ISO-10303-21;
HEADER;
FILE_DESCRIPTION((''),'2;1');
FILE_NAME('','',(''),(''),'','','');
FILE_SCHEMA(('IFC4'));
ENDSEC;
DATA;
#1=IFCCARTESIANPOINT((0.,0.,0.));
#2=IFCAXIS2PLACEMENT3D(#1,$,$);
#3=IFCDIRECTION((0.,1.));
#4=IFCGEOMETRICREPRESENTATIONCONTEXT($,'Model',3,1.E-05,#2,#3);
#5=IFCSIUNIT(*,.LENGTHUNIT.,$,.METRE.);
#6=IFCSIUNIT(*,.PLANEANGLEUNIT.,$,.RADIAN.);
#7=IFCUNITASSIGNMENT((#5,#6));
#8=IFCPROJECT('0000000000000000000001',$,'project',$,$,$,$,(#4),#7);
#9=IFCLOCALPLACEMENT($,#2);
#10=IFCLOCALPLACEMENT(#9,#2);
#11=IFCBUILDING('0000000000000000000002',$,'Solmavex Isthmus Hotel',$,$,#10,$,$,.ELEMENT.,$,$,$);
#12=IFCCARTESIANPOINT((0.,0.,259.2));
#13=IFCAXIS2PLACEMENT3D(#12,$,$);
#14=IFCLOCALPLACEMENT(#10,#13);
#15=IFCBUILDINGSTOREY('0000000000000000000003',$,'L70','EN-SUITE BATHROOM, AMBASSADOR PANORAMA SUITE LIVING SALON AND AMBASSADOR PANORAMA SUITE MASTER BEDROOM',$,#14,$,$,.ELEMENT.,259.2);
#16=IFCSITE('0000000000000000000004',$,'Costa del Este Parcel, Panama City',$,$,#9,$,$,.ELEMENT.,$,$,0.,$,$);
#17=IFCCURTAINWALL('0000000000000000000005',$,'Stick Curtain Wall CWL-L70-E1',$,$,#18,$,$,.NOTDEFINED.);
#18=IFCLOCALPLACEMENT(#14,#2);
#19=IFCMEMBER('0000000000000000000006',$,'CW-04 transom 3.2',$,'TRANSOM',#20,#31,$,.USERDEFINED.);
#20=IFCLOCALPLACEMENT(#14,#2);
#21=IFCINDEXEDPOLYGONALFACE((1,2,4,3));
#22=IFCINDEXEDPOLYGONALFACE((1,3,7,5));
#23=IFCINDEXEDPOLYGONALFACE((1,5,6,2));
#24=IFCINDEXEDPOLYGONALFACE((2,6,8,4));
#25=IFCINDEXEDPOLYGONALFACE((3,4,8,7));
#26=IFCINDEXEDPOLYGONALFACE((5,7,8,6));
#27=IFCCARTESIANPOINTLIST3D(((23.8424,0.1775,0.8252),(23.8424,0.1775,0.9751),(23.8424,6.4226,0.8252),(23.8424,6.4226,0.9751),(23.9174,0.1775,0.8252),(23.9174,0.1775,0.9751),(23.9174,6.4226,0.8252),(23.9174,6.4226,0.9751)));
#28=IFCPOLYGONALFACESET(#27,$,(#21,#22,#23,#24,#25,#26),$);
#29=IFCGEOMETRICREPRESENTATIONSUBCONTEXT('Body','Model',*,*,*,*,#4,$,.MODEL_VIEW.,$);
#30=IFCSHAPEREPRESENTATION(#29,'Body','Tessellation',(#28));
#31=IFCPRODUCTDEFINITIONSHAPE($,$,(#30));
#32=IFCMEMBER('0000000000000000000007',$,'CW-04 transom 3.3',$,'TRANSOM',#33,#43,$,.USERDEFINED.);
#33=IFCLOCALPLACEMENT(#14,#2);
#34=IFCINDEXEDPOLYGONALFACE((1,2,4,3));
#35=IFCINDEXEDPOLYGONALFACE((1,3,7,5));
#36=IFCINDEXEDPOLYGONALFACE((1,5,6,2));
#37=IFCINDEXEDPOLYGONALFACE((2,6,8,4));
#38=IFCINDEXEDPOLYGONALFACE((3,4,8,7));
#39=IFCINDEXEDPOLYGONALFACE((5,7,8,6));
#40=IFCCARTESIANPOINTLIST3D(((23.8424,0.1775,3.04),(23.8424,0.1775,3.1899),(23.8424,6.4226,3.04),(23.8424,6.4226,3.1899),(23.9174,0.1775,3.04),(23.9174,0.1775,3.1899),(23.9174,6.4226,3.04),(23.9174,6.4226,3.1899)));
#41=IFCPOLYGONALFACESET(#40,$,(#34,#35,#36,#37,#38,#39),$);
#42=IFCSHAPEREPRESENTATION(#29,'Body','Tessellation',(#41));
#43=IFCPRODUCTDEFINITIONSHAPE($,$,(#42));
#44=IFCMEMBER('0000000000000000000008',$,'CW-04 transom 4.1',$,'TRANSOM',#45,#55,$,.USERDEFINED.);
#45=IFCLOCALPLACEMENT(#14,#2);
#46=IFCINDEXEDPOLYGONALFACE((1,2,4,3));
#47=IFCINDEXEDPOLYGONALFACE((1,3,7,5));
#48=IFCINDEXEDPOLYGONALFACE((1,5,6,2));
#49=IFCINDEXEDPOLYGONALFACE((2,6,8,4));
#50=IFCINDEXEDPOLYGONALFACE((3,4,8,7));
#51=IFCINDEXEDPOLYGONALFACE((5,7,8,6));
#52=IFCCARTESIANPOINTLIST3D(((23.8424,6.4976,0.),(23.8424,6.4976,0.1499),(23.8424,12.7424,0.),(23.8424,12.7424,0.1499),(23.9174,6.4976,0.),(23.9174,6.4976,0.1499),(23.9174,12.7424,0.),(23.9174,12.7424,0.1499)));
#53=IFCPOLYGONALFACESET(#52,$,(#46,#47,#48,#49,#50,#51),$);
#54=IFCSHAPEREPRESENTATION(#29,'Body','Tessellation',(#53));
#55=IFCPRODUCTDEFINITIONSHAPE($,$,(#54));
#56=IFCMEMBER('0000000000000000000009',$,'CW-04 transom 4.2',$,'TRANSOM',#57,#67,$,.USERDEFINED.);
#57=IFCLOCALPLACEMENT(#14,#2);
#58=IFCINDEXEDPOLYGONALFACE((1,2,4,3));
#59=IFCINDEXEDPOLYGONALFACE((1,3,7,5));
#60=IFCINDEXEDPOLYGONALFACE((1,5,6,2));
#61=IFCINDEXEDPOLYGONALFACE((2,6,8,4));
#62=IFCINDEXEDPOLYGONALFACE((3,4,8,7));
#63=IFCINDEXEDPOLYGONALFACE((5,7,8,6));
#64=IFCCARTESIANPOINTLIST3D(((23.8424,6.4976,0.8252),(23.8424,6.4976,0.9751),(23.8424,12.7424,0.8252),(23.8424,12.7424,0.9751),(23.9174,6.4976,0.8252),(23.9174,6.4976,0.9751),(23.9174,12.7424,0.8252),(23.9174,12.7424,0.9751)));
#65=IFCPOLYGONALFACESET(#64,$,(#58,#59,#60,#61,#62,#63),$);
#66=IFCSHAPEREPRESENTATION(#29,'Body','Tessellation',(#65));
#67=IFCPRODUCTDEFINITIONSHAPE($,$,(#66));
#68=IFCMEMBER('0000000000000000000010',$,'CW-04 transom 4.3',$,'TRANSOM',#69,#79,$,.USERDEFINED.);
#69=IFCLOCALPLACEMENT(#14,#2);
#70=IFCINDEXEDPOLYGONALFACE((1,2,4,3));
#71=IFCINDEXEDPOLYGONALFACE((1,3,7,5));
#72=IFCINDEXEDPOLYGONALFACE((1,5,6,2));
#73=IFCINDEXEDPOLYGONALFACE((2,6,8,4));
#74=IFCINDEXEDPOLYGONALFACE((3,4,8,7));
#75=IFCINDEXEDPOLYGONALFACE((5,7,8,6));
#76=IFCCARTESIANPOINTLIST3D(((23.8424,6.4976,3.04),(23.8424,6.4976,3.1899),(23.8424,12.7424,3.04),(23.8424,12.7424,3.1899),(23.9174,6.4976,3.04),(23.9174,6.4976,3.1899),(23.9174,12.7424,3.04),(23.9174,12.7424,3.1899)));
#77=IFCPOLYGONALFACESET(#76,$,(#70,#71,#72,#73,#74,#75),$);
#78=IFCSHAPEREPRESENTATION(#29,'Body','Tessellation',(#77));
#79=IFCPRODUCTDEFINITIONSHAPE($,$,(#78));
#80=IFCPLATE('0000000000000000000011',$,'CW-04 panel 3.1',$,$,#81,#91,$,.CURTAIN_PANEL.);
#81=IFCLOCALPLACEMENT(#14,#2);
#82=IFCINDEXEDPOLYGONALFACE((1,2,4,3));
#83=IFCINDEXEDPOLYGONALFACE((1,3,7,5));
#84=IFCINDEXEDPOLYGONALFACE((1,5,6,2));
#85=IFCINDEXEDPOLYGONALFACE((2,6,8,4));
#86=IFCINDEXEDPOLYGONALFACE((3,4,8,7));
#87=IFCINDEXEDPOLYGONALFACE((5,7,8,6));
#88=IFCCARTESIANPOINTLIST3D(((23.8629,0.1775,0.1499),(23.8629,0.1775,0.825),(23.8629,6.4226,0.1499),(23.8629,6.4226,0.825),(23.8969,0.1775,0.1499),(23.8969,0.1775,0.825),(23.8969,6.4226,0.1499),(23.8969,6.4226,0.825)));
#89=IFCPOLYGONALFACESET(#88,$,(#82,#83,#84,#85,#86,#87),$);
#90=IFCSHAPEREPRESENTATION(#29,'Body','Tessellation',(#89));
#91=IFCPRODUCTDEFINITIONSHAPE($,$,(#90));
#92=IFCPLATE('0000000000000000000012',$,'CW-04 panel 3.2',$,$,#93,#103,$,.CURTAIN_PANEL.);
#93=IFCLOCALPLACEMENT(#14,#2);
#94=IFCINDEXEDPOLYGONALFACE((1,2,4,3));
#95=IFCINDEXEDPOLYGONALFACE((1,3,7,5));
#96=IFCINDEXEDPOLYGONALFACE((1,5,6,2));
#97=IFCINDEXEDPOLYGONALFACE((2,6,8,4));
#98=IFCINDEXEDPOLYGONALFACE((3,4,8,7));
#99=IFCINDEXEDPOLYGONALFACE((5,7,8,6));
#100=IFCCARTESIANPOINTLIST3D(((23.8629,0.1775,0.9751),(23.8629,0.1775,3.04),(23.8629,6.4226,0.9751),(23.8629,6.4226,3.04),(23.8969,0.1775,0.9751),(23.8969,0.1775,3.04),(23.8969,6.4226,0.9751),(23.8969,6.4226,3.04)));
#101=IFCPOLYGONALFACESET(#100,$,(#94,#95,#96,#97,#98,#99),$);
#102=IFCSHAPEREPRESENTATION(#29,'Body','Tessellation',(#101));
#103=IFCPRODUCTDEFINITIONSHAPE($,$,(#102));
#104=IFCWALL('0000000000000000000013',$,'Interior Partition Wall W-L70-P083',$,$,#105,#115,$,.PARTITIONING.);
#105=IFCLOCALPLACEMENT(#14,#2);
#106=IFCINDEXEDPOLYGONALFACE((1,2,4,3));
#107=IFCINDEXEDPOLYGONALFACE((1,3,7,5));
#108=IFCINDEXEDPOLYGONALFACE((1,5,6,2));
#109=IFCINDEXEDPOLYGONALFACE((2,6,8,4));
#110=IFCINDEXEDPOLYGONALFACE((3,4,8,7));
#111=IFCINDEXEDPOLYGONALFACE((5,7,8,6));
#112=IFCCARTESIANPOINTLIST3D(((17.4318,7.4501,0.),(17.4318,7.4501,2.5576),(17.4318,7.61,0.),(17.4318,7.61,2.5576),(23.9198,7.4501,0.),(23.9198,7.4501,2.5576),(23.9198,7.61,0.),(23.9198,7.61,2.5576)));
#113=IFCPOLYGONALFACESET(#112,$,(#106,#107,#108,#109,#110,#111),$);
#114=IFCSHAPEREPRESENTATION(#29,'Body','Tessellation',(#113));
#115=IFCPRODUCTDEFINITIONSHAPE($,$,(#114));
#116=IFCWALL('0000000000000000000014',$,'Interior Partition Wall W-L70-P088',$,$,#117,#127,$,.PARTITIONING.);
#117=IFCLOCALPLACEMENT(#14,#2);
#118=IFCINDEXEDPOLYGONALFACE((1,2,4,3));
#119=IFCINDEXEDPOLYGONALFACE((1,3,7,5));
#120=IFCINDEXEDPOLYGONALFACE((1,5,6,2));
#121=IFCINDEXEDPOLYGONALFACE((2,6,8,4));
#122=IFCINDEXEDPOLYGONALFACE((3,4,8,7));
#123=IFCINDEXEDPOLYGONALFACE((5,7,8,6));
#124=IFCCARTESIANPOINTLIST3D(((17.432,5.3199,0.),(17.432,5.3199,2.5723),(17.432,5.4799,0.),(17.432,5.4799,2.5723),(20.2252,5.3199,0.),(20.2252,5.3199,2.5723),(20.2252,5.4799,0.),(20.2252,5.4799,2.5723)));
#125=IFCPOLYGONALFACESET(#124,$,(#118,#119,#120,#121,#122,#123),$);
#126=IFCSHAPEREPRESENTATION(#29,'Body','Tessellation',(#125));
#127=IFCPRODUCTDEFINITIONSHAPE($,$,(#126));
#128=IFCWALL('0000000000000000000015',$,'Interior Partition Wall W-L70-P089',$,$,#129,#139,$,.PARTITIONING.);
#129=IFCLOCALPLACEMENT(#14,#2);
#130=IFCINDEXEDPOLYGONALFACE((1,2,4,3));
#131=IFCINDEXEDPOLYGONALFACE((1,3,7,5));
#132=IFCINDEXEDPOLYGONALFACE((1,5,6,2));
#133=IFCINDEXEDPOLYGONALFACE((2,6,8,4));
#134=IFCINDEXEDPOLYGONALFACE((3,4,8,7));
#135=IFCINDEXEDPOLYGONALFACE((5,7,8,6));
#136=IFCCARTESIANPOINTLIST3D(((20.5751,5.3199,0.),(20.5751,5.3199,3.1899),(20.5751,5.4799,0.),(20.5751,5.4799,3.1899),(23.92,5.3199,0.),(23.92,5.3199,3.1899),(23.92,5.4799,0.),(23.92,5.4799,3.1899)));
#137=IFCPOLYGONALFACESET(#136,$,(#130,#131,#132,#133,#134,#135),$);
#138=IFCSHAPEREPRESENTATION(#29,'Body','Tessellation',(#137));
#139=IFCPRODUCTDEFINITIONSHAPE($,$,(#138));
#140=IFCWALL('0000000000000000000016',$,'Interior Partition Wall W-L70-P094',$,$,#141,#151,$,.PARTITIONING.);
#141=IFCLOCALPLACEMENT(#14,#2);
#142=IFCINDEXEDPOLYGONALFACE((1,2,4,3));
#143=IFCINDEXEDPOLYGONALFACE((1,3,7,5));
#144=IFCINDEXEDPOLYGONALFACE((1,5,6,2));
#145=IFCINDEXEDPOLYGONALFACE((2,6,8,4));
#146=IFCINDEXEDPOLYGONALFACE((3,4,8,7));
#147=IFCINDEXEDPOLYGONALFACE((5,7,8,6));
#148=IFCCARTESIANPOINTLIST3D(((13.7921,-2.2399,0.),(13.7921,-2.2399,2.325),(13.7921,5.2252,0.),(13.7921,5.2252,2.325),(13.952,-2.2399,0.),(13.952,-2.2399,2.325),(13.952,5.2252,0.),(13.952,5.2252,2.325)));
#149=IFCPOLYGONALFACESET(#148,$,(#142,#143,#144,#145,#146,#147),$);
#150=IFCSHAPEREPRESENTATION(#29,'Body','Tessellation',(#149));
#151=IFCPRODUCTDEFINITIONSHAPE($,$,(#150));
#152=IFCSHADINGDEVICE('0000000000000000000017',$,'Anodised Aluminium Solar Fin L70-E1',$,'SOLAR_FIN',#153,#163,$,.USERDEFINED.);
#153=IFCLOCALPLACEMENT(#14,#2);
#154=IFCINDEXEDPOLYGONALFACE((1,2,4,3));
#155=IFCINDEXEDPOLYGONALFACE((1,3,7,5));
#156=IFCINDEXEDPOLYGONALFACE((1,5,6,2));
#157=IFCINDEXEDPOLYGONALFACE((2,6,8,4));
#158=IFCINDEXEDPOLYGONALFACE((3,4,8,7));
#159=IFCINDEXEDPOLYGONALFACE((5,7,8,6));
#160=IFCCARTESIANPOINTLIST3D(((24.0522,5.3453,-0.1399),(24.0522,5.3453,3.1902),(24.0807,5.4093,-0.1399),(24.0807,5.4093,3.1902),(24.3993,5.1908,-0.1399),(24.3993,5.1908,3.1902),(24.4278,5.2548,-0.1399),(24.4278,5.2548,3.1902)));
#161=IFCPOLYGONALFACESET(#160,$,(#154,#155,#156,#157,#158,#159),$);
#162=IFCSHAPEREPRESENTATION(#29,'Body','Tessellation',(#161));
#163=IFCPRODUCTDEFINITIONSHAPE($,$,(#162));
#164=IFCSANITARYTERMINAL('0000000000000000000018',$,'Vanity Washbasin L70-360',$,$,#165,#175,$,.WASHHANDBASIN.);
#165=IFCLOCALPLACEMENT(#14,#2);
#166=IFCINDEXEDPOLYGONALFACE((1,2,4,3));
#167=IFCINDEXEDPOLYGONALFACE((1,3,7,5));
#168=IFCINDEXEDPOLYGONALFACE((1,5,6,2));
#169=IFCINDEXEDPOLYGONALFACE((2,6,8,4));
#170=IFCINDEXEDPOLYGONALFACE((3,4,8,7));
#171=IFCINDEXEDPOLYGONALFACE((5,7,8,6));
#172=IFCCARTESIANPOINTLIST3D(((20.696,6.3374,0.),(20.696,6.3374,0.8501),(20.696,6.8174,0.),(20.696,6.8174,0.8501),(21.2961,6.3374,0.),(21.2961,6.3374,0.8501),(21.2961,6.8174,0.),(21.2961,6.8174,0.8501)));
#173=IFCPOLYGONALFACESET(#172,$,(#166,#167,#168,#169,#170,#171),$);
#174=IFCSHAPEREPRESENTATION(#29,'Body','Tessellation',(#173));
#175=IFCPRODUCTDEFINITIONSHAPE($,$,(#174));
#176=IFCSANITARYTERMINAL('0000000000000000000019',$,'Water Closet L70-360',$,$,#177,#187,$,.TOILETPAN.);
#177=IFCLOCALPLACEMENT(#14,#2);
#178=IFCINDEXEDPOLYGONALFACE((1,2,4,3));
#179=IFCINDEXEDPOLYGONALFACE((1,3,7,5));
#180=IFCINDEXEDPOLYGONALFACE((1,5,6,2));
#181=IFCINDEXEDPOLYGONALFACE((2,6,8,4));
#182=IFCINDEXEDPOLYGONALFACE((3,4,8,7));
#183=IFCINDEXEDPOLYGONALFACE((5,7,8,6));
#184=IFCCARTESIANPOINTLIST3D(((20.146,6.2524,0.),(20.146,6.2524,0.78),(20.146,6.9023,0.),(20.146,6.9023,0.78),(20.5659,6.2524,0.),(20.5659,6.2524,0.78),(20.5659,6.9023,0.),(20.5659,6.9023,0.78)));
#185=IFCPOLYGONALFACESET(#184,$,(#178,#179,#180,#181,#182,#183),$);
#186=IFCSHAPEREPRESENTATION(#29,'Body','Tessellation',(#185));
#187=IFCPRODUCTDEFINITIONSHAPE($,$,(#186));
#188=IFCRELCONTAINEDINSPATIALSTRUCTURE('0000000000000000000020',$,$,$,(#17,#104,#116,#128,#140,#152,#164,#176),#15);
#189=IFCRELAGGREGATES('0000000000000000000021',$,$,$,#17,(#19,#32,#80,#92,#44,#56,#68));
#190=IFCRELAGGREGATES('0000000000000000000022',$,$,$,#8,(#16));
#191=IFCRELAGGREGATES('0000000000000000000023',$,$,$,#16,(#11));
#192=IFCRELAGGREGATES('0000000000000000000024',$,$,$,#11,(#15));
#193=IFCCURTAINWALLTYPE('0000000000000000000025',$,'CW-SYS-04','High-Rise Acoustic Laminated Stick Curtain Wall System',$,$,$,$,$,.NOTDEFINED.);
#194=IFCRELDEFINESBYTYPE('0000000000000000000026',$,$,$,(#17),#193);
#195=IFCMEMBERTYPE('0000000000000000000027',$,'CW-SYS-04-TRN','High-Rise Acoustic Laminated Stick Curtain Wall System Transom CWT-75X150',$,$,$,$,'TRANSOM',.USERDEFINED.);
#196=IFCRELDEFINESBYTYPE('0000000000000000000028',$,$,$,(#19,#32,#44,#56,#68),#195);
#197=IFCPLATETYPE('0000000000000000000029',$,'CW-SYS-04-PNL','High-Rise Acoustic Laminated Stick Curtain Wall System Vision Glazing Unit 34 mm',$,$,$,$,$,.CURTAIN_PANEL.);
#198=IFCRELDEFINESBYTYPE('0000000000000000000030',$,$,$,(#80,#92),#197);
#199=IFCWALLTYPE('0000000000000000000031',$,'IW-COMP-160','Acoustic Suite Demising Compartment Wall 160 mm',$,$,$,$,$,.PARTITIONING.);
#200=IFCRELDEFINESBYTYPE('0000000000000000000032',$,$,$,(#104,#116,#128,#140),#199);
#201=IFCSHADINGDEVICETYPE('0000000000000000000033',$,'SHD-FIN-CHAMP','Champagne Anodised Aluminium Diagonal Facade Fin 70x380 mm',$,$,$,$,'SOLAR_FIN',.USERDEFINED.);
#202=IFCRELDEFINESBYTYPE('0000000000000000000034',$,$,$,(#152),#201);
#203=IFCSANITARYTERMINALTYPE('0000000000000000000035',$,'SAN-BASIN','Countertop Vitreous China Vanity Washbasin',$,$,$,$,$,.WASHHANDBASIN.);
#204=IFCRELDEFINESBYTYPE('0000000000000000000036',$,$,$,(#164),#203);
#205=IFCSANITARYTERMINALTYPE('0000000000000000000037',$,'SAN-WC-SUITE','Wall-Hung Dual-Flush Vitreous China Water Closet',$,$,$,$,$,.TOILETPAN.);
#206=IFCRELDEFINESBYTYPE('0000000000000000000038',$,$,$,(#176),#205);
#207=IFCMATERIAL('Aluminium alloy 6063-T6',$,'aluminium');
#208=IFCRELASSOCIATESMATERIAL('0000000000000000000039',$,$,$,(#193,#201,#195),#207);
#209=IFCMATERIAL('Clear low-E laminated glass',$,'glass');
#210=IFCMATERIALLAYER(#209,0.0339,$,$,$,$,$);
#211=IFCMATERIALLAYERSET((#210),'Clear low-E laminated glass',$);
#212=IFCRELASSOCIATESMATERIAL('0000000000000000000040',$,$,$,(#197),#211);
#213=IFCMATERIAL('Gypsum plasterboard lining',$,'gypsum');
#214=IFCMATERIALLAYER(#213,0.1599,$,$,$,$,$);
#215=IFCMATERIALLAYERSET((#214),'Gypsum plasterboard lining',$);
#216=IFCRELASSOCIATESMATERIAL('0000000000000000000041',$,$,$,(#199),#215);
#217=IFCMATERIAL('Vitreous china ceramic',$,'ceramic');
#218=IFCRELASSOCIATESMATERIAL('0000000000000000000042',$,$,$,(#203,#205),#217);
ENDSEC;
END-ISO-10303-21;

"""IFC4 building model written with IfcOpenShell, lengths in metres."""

from ifc_helpers import new_model, si_unit, direction, frame, frame_2d, origin, origin_2d, place, context, subcontext, project, spatial, rectangle, extrude, material, layer, layer_set, material_profile, profile_set, type_object, element, aggregate, save


model = new_model("IFC4")

# Units and contexts
model_context = context("Model", 3, precision=1e-05, world=origin(), true_north=direction((0.0, 1.0)))
body_context = subcontext(model_context, "Body", "Model", "MODEL_VIEW")
ifc_project = project(units=[si_unit("LENGTHUNIT", "METRE"), si_unit("PLANEANGLEUNIT", "RADIAN")], contexts=[model_context])

# Site, building, storey
site_placement = place(None, origin())
site = spatial("IfcSite", under=ifc_project, at=site_placement, Name="Costa del Este Parcel, Panama City", CompositionType="ELEMENT", RefElevation=0.0)
building_placement = place(site_placement, origin())
building = spatial("IfcBuilding", under=site, at=building_placement, Name="Solmavex Isthmus Hotel", CompositionType="ELEMENT")
storey_placement = place(building_placement, frame((0.0, 0.0, 259.2)))
storey = spatial("IfcBuildingStorey", under=building, at=storey_placement, Name="L70", Description="EN-SUITE BATHROOM, AMBASSADOR PANORAMA SUITE LIVING SALON AND AMBASSADOR PANORAMA SUITE MASTER BEDROOM", CompositionType="ELEMENT", Elevation=259.2)

# Curtain wall, members, plates
ifc_material_1 = material(Name="Aluminium alloy 6063-T6", Category="aluminium")
curtain_wall_type = type_object("IfcCurtainWallType", Name="CW-SYS-04", Description="High-Rise Acoustic Laminated Stick Curtain Wall System", PredefinedType="NOTDEFINED", material=ifc_material_1)
curtain_wall_placement = place(storey_placement, origin())
curtain_wall = element("IfcCurtainWall", 1, at=curtain_wall_placement, inside=storey, type_object=curtain_wall_type, Name="Stick Curtain Wall CWL-L70-E1", PredefinedType="NOTDEFINED")
ifc_material_profile_1 = material_profile(ifc_material_1, rectangle(XDim=0.075, YDim=0.1499, at=origin_2d()), Name="CWT-75X150")
ifc_profile_set_1 = profile_set([ifc_material_profile_1], Name="Aluminium alloy 6063-T6")
member_type_1 = type_object("IfcMemberType", Name="CW-SYS-04-TRN", Description="High-Rise Acoustic Laminated Stick Curtain Wall System Transom CWT-75X150", ElementType="TRANSOM", PredefinedType="USERDEFINED", material=ifc_profile_set_1)
member_1_placement = place(storey_placement, frame((23.8799, 0.1775, 0.9001), z_axis=(0.0, 1.0, 0.0), x_axis=(-1.0, 0.0, 0.0)))
member_1 = element("IfcMember", 2, at=member_1_placement, type_object=member_type_1, Name="CW-04 transom 3.2", ObjectType="TRANSOM", PredefinedType="USERDEFINED", context=body_context, shape_type="SweptSolid", body=[
    extrude(rectangle(XDim=0.075, YDim=0.1499, at=origin_2d()), origin(), (0.0, 0.0, 1.0), 6.2451),
])
member_2_placement = place(storey_placement, frame((23.8799, 0.1775, 3.115), z_axis=(0.0, 1.0, 0.0), x_axis=(-1.0, 0.0, 0.0)))
member_2 = element("IfcMember", 3, at=member_2_placement, type_object=member_type_1, Name="CW-04 transom 3.3", ObjectType="TRANSOM", PredefinedType="USERDEFINED", context=body_context, shape_type="SweptSolid", body=[
    extrude(rectangle(XDim=0.075, YDim=0.1499, at=origin_2d()), origin(), (0.0, 0.0, 1.0), 6.2451),
])
member_3_placement = place(storey_placement, frame((23.8799, 6.4976, 0.075), z_axis=(0.0, 1.0, 0.0), x_axis=(-1.0, 0.0, 0.0)))
member_3 = element("IfcMember", 4, at=member_3_placement, type_object=member_type_1, Name="CW-04 transom 4.1", ObjectType="TRANSOM", PredefinedType="USERDEFINED", context=body_context, shape_type="SweptSolid", body=[
    extrude(rectangle(XDim=0.075, YDim=0.1499, at=origin_2d()), origin(), (0.0, 0.0, 1.0), 6.2449),
])
member_4_placement = place(storey_placement, frame((23.8799, 6.4976, 0.9001), z_axis=(0.0, 1.0, 0.0), x_axis=(-1.0, 0.0, 0.0)))
member_4 = element("IfcMember", 5, at=member_4_placement, type_object=member_type_1, Name="CW-04 transom 4.2", ObjectType="TRANSOM", PredefinedType="USERDEFINED", context=body_context, shape_type="SweptSolid", body=[
    extrude(rectangle(XDim=0.075, YDim=0.1499, at=origin_2d()), origin(), (0.0, 0.0, 1.0), 6.2449),
])
member_5_placement = place(storey_placement, frame((23.8799, 6.4976, 3.115), z_axis=(0.0, 1.0, 0.0), x_axis=(-1.0, 0.0, 0.0)))
member_5 = element("IfcMember", 6, at=member_5_placement, type_object=member_type_1, Name="CW-04 transom 4.3", ObjectType="TRANSOM", PredefinedType="USERDEFINED", context=body_context, shape_type="SweptSolid", body=[
    extrude(rectangle(XDim=0.075, YDim=0.1499, at=origin_2d()), origin(), (0.0, 0.0, 1.0), 6.2449),
])
ifc_material_2 = material(Name="Clear low-E laminated glass", Category="glass")
ifc_layer_1 = layer(ifc_material_2, 0.0339)
ifc_layer_set_1 = layer_set([ifc_layer_1], Name="Clear low-E laminated glass")
plate_type = type_object("IfcPlateType", Name="CW-SYS-04-PNL", Description="High-Rise Acoustic Laminated Stick Curtain Wall System Vision Glazing Unit 34 mm", PredefinedType="CURTAIN_PANEL", material=ifc_layer_set_1)
plate_1_placement = place(storey_placement, frame((23.8799, 3.3, 0.1499), z_axis=(0.0, 0.0, 1.0), x_axis=(0.0, 1.0, 0.0)))
plate_1 = element("IfcPlate", 7, at=plate_1_placement, type_object=plate_type, Name="CW-04 panel 3.1", PredefinedType="CURTAIN_PANEL", context=body_context, shape_type="SweptSolid", body=[
    extrude(rectangle(XDim=6.2451, YDim=0.0339, at=origin_2d()), origin(), (0.0, 0.0, 1.0), 0.675),
])
plate_2_placement = place(storey_placement, frame((23.8799, 3.3, 0.9751), z_axis=(0.0, 0.0, 1.0), x_axis=(0.0, 1.0, 0.0)))
plate_2 = element("IfcPlate", 8, at=plate_2_placement, type_object=plate_type, Name="CW-04 panel 3.2", PredefinedType="CURTAIN_PANEL", context=body_context, shape_type="SweptSolid", body=[
    extrude(rectangle(XDim=6.2451, YDim=0.0339, at=origin_2d()), origin(), (0.0, 0.0, 1.0), 2.0649),
])
aggregate(curtain_wall, [member_1, member_2, plate_1, plate_2, member_3, member_4, member_5])

# Walls
ifc_material_3 = material(Name="Gypsum plasterboard lining", Category="gypsum")
ifc_layer_2 = layer(ifc_material_3, 0.1599)
ifc_layer_set_2 = layer_set([ifc_layer_2], Name="Gypsum plasterboard lining")
wall_type_1 = type_object("IfcWallType", Name="IW-COMP-160", Description="Acoustic Suite Demising Compartment Wall 160 mm", PredefinedType="PARTITIONING", material=ifc_layer_set_2)
wall_1_placement = place(storey_placement, frame((23.9199, 7.53, 0.0), z_axis=(0.0, 0.0, 1.0), x_axis=(-1.0, 0.0, 0.0)))
element("IfcWall", 9, at=wall_1_placement, inside=storey, type_object=wall_type_1, Name="Interior Partition Wall W-L70-P083", PredefinedType="PARTITIONING", context=body_context, shape_type="SweptSolid", body=[
    extrude(rectangle(XDim=6.488, YDim=0.1599, at=frame_2d((3.2441, 0.0))), origin(), (0.0, 0.0, 1.0), 2.5576),
])
wall_2_placement = place(storey_placement, frame((20.2251, 5.3999, 0.0), z_axis=(0.0, 0.0, 1.0), x_axis=(-1.0, 0.0, 0.0)))
element("IfcWall", 10, at=wall_2_placement, inside=storey, type_object=wall_type_1, Name="Interior Partition Wall W-L70-P088", PredefinedType="PARTITIONING", context=body_context, shape_type="SweptSolid", body=[
    extrude(rectangle(XDim=2.7932, YDim=0.1599, at=frame_2d((1.3965, 0.0))), origin(), (0.0, 0.0, 1.0), 2.5723),
])
wall_3_placement = place(storey_placement, frame((23.9199, 5.3999, 0.0), z_axis=(0.0, 0.0, 1.0), x_axis=(-1.0, 0.0, 0.0)))
element("IfcWall", 11, at=wall_3_placement, inside=storey, type_object=wall_type_1, Name="Interior Partition Wall W-L70-P089", PredefinedType="PARTITIONING", context=body_context, shape_type="SweptSolid", body=[
    extrude(rectangle(XDim=3.345, YDim=0.1599, at=frame_2d((1.6724, 0.0))), origin(), (0.0, 0.0, 1.0), 3.1899),
])
wall_4_placement = place(storey_placement, frame((13.8721, 5.2251, 0.0), z_axis=(0.0, 0.0, 1.0), x_axis=(0.0, -1.0, 0.0)))
element("IfcWall", 12, at=wall_4_placement, inside=storey, type_object=wall_type_1, Name="Interior Partition Wall W-L70-P094", PredefinedType="PARTITIONING", context=body_context, shape_type="SweptSolid", body=[
    extrude(rectangle(XDim=7.4651, YDim=0.1599, at=frame_2d((3.7324, 0.0))), origin(), (0.0, 0.0, 1.0), 2.325),
])

# Shading device
shading_device_type = type_object("IfcShadingDeviceType", Name="SHD-FIN-CHAMP", Description="Champagne Anodised Aluminium Diagonal Facade Fin 70x380 mm", ElementType="SOLAR_FIN", PredefinedType="USERDEFINED", material=ifc_material_1)
shading_device_placement = place(storey_placement, frame((24.24, 5.3, -0.1399), z_axis=(0.0, 0.0, 1.0), x_axis=(0.913545, -0.406737, 0.0)))
element("IfcShadingDevice", 13, at=shading_device_placement, inside=storey, type_object=shading_device_type, Name="Anodised Aluminium Solar Fin L70-E1", ObjectType="SOLAR_FIN", PredefinedType="USERDEFINED", context=body_context, shape_type="SweptSolid", body=[
    extrude(rectangle(XDim=0.3799, YDim=0.0701, at=origin_2d()), origin(), (0.0, 0.0, 1.0), 3.3301),
])

# Sanitary terminals
ifc_material_4 = material(Name="Vitreous china ceramic", Category="ceramic")
sanitary_terminal_type_1 = type_object("IfcSanitaryTerminalType", Name="SAN-BASIN", Description="Countertop Vitreous China Vanity Washbasin", PredefinedType="WASHHANDBASIN", material=ifc_material_4)
sanitary_terminal_1_placement = place(storey_placement, frame((20.9961, 6.5774, 0.0), z_axis=(0.0, 0.0, 1.0), x_axis=(1.0, 0.0, 0.0)))
element("IfcSanitaryTerminal", 14, at=sanitary_terminal_1_placement, inside=storey, type_object=sanitary_terminal_type_1, Name="Vanity Washbasin L70-360", PredefinedType="WASHHANDBASIN", context=body_context, shape_type="SweptSolid", body=[
    extrude(rectangle(XDim=0.6001, YDim=0.48, at=origin_2d()), origin(), (0.0, 0.0, 1.0), 0.8501),
])
sanitary_terminal_type_2 = type_object("IfcSanitaryTerminalType", Name="SAN-WC-SUITE", Description="Wall-Hung Dual-Flush Vitreous China Water Closet", PredefinedType="TOILETPAN", material=ifc_material_4)
sanitary_terminal_2_placement = place(storey_placement, frame((20.356, 6.5774, 0.0), z_axis=(0.0, 0.0, 1.0), x_axis=(1.0, 0.0, 0.0)))
element("IfcSanitaryTerminal", 15, at=sanitary_terminal_2_placement, inside=storey, type_object=sanitary_terminal_type_2, Name="Water Closet L70-360", PredefinedType="TOILETPAN", context=body_context, shape_type="SweptSolid", body=[
    extrude(rectangle(XDim=0.4199, YDim=0.6499, at=origin_2d()), origin(), (0.0, 0.0, 1.0), 0.78),
])

save(model, "model.ifc")
